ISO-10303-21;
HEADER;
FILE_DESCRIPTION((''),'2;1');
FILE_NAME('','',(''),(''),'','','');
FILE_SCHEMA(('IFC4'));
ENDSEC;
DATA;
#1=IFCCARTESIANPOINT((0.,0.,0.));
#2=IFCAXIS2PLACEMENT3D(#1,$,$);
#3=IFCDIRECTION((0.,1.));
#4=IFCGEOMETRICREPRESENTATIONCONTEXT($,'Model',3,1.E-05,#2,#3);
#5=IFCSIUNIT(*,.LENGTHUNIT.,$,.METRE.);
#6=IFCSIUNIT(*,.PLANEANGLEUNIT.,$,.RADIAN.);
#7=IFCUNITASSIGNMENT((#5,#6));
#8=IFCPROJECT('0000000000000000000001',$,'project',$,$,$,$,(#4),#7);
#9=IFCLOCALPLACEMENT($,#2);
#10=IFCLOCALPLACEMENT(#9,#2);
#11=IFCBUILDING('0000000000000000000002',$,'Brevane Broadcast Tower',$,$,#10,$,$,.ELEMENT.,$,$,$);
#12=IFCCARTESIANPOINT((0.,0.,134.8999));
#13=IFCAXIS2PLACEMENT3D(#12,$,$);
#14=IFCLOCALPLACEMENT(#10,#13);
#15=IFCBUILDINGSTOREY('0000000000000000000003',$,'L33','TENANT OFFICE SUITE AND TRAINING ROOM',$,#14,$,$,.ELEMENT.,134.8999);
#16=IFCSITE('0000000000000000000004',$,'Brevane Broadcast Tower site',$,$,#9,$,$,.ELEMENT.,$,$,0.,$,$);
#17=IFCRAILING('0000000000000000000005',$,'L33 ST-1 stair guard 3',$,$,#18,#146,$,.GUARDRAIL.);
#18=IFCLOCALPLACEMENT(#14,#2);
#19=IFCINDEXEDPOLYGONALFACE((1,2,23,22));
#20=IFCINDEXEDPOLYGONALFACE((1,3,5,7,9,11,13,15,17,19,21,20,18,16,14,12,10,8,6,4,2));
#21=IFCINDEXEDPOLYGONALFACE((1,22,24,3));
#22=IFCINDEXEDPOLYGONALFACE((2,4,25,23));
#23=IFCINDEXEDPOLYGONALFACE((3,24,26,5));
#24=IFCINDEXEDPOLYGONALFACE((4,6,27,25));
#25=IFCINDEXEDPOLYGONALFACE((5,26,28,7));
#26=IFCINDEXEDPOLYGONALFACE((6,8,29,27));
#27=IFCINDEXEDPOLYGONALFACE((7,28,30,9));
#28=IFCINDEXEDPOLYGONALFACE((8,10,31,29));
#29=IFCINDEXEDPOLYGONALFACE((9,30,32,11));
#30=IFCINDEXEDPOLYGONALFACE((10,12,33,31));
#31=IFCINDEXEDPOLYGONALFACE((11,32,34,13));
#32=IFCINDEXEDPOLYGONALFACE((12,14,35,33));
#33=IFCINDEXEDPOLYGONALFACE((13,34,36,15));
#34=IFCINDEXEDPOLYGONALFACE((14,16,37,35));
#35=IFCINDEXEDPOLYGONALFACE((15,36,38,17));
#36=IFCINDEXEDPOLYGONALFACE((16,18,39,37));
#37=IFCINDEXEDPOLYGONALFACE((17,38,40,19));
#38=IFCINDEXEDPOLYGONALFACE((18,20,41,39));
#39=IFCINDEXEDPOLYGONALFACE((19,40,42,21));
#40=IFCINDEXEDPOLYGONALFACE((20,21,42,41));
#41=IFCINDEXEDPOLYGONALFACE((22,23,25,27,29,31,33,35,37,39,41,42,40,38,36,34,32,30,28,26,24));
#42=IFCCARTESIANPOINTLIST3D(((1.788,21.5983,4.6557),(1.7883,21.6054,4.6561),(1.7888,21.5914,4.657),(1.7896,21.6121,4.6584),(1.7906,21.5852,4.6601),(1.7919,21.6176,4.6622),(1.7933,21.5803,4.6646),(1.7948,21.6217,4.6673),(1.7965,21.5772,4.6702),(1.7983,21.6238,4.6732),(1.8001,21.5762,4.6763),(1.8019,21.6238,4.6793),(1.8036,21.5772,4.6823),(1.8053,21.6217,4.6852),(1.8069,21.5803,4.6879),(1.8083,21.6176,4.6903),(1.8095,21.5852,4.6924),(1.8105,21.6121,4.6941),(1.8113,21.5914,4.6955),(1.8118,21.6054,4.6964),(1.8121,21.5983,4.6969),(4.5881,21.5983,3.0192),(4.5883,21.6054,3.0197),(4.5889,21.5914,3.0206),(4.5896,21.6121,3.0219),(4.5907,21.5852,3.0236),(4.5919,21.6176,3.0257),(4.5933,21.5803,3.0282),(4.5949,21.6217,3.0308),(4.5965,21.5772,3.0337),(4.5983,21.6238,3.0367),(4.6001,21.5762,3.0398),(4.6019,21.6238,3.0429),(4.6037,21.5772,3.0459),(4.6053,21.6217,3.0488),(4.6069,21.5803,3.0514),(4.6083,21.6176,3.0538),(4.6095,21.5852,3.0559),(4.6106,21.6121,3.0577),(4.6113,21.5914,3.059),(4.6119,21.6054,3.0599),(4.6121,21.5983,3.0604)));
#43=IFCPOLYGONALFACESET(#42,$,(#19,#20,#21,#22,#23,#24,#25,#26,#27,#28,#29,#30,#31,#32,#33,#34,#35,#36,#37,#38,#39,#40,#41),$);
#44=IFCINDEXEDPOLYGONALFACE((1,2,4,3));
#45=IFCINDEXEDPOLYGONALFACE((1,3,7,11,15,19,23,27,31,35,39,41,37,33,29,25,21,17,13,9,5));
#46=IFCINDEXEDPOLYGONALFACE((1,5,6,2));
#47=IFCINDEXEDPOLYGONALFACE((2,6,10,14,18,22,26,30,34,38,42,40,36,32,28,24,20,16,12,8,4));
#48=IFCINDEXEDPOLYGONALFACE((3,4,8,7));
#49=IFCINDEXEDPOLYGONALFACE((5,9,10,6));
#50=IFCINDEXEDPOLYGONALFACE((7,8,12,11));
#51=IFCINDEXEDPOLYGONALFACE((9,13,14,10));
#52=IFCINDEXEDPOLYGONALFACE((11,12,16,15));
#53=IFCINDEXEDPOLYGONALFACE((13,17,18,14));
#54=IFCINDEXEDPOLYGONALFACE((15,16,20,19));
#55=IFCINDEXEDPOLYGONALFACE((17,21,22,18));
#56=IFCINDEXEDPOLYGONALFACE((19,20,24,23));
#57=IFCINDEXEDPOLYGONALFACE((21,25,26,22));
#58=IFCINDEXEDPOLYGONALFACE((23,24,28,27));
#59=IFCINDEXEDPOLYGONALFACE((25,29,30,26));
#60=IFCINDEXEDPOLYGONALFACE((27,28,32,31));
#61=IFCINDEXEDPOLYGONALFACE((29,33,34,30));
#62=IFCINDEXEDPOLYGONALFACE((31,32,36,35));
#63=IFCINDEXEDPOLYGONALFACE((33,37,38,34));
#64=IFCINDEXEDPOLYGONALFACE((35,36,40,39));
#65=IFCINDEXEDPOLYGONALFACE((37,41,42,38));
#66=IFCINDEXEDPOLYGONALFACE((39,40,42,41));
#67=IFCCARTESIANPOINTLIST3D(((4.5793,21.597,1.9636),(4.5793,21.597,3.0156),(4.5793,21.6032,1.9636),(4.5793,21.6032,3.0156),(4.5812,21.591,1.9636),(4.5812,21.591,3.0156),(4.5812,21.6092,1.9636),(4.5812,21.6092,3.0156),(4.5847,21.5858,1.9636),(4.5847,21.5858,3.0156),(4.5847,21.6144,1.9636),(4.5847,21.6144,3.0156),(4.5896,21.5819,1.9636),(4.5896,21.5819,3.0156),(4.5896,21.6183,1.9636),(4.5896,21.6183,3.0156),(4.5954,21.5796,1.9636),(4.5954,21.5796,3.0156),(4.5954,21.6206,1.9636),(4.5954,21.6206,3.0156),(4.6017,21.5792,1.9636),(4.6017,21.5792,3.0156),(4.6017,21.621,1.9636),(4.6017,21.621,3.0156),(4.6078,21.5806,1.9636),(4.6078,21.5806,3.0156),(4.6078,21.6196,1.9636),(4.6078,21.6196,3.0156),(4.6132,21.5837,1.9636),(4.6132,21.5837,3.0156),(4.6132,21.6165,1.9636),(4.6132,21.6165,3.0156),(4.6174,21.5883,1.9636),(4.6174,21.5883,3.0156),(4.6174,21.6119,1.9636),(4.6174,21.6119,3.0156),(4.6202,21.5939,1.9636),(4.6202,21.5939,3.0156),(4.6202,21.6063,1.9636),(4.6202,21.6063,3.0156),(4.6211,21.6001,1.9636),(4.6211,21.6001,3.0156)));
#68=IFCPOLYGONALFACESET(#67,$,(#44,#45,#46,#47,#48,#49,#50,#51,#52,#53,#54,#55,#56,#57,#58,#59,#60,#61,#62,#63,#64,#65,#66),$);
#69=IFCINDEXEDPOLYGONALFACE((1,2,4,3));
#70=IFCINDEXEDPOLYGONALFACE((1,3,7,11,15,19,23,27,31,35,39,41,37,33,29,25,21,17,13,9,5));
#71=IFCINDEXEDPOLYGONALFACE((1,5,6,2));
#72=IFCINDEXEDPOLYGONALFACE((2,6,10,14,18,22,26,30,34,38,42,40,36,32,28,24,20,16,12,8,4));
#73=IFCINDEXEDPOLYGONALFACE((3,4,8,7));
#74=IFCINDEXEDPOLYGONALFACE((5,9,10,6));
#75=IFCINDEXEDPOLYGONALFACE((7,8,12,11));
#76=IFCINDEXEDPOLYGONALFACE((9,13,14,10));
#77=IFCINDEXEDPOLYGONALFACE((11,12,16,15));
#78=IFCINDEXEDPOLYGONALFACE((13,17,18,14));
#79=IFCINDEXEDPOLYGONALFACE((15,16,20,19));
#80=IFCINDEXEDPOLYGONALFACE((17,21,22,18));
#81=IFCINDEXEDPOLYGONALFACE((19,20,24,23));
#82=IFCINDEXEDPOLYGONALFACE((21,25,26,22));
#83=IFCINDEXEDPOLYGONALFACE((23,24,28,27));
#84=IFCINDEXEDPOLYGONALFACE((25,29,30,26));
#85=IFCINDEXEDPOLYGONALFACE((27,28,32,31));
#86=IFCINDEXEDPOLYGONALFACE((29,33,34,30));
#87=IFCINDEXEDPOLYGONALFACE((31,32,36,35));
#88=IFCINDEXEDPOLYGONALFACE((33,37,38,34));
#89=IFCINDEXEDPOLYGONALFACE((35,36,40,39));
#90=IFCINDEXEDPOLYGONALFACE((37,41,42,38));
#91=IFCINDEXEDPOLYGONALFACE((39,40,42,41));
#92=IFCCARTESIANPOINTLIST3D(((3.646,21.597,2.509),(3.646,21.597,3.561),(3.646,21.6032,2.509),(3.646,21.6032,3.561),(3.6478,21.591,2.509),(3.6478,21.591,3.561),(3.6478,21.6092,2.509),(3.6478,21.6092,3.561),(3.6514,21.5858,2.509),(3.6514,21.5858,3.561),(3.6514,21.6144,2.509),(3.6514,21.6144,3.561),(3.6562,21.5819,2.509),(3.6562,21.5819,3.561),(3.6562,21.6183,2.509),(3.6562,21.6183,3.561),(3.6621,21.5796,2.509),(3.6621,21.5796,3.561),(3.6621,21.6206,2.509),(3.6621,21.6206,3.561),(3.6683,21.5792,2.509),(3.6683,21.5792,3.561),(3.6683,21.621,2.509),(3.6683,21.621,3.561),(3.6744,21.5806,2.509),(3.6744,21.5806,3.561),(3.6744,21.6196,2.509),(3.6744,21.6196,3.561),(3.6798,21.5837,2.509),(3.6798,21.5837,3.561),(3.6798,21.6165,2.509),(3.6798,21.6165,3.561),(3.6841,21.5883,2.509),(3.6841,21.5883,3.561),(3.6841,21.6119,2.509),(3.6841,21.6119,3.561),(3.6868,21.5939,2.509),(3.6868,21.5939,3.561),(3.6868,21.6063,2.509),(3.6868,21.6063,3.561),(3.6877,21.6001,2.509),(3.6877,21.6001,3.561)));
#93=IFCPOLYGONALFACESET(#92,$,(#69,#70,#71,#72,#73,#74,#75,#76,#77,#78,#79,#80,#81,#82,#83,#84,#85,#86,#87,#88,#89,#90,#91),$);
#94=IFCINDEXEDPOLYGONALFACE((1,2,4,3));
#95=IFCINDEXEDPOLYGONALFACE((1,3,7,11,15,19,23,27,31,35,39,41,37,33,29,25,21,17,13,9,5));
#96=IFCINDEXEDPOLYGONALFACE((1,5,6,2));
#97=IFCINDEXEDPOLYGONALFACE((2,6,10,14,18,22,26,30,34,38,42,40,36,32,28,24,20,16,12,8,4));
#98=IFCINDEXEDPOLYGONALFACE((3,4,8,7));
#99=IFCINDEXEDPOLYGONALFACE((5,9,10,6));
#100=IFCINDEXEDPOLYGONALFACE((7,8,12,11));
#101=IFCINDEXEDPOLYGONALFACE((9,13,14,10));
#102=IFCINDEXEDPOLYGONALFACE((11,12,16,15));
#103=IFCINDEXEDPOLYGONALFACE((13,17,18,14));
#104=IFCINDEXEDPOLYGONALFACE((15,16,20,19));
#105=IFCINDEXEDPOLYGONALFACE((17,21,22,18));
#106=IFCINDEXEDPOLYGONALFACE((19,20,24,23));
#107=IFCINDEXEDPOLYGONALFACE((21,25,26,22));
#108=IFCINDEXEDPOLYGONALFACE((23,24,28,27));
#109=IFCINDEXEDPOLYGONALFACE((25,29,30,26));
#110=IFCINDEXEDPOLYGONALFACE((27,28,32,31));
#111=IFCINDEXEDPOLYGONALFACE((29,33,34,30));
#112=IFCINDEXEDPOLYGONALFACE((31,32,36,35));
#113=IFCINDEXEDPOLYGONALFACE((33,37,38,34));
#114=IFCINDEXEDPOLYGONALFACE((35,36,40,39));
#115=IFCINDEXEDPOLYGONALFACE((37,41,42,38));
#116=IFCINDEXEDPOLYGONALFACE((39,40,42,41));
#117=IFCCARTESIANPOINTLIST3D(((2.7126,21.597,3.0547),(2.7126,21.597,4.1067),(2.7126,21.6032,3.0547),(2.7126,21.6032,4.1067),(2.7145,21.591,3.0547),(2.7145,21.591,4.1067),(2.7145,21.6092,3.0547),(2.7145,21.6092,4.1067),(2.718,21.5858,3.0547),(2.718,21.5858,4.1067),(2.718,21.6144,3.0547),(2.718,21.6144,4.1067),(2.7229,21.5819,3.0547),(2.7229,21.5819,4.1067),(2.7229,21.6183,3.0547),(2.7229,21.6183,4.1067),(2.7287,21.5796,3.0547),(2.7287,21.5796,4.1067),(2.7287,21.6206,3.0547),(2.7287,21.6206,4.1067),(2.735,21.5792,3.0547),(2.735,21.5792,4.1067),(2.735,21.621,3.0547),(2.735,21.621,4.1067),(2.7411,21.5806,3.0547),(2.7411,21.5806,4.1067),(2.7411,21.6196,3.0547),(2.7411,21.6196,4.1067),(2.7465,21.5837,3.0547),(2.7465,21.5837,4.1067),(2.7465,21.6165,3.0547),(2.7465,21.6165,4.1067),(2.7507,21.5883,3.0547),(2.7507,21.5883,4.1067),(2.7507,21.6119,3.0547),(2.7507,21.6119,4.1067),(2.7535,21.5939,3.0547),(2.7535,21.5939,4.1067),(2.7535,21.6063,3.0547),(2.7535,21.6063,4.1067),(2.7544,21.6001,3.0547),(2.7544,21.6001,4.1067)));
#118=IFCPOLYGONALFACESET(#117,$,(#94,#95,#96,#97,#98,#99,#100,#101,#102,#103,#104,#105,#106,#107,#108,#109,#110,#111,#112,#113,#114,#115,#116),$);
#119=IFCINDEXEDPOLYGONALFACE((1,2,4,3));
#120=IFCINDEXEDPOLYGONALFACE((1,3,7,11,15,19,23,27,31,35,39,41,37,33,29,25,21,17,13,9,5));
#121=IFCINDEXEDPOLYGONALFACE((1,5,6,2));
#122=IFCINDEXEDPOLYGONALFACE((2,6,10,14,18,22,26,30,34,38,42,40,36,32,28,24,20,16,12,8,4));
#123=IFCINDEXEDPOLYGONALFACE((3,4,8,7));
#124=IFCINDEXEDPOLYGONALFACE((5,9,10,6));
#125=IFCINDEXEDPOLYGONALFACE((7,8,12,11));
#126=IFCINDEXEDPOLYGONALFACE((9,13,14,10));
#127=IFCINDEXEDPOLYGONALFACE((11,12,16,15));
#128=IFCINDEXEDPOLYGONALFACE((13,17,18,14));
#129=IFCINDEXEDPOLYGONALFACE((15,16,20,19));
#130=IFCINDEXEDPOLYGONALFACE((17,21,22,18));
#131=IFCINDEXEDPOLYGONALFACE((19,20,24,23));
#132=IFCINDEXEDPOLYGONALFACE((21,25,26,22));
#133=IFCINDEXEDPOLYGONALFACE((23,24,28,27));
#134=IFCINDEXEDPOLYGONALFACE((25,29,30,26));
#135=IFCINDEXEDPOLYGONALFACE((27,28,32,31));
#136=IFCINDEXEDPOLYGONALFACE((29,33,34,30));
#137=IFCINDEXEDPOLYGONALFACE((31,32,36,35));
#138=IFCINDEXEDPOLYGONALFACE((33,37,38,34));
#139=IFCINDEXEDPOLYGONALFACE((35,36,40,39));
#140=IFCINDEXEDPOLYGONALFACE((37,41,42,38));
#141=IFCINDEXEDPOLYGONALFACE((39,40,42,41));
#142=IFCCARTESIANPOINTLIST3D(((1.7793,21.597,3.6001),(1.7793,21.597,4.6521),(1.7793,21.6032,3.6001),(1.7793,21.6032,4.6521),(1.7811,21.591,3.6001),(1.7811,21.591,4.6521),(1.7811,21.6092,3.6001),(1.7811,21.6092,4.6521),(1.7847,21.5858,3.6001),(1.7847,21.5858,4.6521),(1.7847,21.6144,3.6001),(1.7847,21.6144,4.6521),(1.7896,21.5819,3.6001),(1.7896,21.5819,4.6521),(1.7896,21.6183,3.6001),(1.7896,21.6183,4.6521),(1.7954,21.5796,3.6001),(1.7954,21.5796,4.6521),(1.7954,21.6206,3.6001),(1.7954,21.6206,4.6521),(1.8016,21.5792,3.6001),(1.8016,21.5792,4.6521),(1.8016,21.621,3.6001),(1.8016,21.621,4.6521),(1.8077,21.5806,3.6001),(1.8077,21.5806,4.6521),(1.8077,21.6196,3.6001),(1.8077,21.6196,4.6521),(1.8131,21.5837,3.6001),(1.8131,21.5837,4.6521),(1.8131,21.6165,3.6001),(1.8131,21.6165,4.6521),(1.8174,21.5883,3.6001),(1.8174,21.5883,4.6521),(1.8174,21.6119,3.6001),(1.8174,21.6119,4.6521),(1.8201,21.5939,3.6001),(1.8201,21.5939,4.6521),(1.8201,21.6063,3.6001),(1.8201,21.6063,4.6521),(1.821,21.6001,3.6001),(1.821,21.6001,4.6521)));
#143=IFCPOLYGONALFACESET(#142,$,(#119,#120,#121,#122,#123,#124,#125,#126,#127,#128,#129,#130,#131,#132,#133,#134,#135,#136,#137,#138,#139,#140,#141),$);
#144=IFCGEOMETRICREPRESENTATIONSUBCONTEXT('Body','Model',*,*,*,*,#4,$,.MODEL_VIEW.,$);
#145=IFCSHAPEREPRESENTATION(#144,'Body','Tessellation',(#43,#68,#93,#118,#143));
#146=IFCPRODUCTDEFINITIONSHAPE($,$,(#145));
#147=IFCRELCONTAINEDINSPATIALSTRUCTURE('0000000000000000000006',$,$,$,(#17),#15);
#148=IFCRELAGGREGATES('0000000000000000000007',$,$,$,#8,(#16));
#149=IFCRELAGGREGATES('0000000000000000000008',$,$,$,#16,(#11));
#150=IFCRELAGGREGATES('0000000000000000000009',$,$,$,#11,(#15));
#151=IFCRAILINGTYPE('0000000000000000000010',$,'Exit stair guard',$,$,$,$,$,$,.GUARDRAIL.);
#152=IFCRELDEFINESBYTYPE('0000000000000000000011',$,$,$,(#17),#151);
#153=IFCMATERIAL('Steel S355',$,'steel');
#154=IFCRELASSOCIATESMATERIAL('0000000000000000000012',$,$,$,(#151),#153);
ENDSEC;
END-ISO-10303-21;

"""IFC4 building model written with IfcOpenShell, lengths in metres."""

from ifc_helpers import new_model, si_unit, direction, frame, origin, origin_2d, place, context, subcontext, project, spatial, circle, extrude, material, type_object, element, save


model = new_model("IFC4")

# Units and contexts
model_context = context("Model", 3, precision=1e-05, world=origin(), true_north=direction((0.0, 1.0)))
body_context = subcontext(model_context, "Body", "Model", "MODEL_VIEW")
ifc_project = project(units=[si_unit("LENGTHUNIT", "METRE"), si_unit("PLANEANGLEUNIT", "RADIAN")], contexts=[model_context])

# Site, building, storey
site_placement = place(None, origin())
site = spatial("IfcSite", under=ifc_project, at=site_placement, Name="Brevane Broadcast Tower site", CompositionType="ELEMENT", RefElevation=0.0)
building_placement = place(site_placement, origin())
building = spatial("IfcBuilding", under=site, at=building_placement, Name="Brevane Broadcast Tower", CompositionType="ELEMENT")
storey_placement = place(building_placement, frame((0.0, 0.0, 134.8999)))
storey = spatial("IfcBuildingStorey", under=building, at=storey_placement, Name="L33", Description="TENANT OFFICE SUITE AND TRAINING ROOM", CompositionType="ELEMENT", Elevation=134.8999)

# Railing
ifc_material_1 = material(Name="Steel S355", Category="steel")
railing_type_1 = type_object("IfcRailingType", Name="Exit stair guard", PredefinedType="GUARDRAIL", material=ifc_material_1)
railing_1_placement = place(storey_placement, frame((4.6001, 21.6001, 1.9636)))
element("IfcRailing", 1, at=railing_1_placement, inside=storey, type_object=railing_type_1, Name="L33 ST-1 stair guard 3", PredefinedType="GUARDRAIL", context=body_context, shape_type="SweptSolid", body=[
    extrude(circle(Radius=0.0239, at=origin_2d()), frame((0.0, 0.0, 1.0762), z_axis=(-0.863361, 0.0, 0.504587), x_axis=(0.0, -1.0, 0.0)), (0.0, 0.0, 1.0), 3.2432),
    extrude(circle(Radius=0.021, at=origin_2d()), origin(), (0.0, 0.0, 1.0), 1.052),
    extrude(circle(Radius=0.021, at=origin_2d()), frame((-0.9333, 0.0, 0.5454)), (0.0, 0.0, 1.0), 1.052),
    extrude(circle(Radius=0.021, at=origin_2d()), frame((-1.8667, 0.0, 1.0911)), (0.0, 0.0, 1.0), 1.052),
    extrude(circle(Radius=0.021, at=origin_2d()), frame((-2.8, 0.0, 1.6365)), (0.0, 0.0, 1.0), 1.052),
])

save(model, "model.ifc")
